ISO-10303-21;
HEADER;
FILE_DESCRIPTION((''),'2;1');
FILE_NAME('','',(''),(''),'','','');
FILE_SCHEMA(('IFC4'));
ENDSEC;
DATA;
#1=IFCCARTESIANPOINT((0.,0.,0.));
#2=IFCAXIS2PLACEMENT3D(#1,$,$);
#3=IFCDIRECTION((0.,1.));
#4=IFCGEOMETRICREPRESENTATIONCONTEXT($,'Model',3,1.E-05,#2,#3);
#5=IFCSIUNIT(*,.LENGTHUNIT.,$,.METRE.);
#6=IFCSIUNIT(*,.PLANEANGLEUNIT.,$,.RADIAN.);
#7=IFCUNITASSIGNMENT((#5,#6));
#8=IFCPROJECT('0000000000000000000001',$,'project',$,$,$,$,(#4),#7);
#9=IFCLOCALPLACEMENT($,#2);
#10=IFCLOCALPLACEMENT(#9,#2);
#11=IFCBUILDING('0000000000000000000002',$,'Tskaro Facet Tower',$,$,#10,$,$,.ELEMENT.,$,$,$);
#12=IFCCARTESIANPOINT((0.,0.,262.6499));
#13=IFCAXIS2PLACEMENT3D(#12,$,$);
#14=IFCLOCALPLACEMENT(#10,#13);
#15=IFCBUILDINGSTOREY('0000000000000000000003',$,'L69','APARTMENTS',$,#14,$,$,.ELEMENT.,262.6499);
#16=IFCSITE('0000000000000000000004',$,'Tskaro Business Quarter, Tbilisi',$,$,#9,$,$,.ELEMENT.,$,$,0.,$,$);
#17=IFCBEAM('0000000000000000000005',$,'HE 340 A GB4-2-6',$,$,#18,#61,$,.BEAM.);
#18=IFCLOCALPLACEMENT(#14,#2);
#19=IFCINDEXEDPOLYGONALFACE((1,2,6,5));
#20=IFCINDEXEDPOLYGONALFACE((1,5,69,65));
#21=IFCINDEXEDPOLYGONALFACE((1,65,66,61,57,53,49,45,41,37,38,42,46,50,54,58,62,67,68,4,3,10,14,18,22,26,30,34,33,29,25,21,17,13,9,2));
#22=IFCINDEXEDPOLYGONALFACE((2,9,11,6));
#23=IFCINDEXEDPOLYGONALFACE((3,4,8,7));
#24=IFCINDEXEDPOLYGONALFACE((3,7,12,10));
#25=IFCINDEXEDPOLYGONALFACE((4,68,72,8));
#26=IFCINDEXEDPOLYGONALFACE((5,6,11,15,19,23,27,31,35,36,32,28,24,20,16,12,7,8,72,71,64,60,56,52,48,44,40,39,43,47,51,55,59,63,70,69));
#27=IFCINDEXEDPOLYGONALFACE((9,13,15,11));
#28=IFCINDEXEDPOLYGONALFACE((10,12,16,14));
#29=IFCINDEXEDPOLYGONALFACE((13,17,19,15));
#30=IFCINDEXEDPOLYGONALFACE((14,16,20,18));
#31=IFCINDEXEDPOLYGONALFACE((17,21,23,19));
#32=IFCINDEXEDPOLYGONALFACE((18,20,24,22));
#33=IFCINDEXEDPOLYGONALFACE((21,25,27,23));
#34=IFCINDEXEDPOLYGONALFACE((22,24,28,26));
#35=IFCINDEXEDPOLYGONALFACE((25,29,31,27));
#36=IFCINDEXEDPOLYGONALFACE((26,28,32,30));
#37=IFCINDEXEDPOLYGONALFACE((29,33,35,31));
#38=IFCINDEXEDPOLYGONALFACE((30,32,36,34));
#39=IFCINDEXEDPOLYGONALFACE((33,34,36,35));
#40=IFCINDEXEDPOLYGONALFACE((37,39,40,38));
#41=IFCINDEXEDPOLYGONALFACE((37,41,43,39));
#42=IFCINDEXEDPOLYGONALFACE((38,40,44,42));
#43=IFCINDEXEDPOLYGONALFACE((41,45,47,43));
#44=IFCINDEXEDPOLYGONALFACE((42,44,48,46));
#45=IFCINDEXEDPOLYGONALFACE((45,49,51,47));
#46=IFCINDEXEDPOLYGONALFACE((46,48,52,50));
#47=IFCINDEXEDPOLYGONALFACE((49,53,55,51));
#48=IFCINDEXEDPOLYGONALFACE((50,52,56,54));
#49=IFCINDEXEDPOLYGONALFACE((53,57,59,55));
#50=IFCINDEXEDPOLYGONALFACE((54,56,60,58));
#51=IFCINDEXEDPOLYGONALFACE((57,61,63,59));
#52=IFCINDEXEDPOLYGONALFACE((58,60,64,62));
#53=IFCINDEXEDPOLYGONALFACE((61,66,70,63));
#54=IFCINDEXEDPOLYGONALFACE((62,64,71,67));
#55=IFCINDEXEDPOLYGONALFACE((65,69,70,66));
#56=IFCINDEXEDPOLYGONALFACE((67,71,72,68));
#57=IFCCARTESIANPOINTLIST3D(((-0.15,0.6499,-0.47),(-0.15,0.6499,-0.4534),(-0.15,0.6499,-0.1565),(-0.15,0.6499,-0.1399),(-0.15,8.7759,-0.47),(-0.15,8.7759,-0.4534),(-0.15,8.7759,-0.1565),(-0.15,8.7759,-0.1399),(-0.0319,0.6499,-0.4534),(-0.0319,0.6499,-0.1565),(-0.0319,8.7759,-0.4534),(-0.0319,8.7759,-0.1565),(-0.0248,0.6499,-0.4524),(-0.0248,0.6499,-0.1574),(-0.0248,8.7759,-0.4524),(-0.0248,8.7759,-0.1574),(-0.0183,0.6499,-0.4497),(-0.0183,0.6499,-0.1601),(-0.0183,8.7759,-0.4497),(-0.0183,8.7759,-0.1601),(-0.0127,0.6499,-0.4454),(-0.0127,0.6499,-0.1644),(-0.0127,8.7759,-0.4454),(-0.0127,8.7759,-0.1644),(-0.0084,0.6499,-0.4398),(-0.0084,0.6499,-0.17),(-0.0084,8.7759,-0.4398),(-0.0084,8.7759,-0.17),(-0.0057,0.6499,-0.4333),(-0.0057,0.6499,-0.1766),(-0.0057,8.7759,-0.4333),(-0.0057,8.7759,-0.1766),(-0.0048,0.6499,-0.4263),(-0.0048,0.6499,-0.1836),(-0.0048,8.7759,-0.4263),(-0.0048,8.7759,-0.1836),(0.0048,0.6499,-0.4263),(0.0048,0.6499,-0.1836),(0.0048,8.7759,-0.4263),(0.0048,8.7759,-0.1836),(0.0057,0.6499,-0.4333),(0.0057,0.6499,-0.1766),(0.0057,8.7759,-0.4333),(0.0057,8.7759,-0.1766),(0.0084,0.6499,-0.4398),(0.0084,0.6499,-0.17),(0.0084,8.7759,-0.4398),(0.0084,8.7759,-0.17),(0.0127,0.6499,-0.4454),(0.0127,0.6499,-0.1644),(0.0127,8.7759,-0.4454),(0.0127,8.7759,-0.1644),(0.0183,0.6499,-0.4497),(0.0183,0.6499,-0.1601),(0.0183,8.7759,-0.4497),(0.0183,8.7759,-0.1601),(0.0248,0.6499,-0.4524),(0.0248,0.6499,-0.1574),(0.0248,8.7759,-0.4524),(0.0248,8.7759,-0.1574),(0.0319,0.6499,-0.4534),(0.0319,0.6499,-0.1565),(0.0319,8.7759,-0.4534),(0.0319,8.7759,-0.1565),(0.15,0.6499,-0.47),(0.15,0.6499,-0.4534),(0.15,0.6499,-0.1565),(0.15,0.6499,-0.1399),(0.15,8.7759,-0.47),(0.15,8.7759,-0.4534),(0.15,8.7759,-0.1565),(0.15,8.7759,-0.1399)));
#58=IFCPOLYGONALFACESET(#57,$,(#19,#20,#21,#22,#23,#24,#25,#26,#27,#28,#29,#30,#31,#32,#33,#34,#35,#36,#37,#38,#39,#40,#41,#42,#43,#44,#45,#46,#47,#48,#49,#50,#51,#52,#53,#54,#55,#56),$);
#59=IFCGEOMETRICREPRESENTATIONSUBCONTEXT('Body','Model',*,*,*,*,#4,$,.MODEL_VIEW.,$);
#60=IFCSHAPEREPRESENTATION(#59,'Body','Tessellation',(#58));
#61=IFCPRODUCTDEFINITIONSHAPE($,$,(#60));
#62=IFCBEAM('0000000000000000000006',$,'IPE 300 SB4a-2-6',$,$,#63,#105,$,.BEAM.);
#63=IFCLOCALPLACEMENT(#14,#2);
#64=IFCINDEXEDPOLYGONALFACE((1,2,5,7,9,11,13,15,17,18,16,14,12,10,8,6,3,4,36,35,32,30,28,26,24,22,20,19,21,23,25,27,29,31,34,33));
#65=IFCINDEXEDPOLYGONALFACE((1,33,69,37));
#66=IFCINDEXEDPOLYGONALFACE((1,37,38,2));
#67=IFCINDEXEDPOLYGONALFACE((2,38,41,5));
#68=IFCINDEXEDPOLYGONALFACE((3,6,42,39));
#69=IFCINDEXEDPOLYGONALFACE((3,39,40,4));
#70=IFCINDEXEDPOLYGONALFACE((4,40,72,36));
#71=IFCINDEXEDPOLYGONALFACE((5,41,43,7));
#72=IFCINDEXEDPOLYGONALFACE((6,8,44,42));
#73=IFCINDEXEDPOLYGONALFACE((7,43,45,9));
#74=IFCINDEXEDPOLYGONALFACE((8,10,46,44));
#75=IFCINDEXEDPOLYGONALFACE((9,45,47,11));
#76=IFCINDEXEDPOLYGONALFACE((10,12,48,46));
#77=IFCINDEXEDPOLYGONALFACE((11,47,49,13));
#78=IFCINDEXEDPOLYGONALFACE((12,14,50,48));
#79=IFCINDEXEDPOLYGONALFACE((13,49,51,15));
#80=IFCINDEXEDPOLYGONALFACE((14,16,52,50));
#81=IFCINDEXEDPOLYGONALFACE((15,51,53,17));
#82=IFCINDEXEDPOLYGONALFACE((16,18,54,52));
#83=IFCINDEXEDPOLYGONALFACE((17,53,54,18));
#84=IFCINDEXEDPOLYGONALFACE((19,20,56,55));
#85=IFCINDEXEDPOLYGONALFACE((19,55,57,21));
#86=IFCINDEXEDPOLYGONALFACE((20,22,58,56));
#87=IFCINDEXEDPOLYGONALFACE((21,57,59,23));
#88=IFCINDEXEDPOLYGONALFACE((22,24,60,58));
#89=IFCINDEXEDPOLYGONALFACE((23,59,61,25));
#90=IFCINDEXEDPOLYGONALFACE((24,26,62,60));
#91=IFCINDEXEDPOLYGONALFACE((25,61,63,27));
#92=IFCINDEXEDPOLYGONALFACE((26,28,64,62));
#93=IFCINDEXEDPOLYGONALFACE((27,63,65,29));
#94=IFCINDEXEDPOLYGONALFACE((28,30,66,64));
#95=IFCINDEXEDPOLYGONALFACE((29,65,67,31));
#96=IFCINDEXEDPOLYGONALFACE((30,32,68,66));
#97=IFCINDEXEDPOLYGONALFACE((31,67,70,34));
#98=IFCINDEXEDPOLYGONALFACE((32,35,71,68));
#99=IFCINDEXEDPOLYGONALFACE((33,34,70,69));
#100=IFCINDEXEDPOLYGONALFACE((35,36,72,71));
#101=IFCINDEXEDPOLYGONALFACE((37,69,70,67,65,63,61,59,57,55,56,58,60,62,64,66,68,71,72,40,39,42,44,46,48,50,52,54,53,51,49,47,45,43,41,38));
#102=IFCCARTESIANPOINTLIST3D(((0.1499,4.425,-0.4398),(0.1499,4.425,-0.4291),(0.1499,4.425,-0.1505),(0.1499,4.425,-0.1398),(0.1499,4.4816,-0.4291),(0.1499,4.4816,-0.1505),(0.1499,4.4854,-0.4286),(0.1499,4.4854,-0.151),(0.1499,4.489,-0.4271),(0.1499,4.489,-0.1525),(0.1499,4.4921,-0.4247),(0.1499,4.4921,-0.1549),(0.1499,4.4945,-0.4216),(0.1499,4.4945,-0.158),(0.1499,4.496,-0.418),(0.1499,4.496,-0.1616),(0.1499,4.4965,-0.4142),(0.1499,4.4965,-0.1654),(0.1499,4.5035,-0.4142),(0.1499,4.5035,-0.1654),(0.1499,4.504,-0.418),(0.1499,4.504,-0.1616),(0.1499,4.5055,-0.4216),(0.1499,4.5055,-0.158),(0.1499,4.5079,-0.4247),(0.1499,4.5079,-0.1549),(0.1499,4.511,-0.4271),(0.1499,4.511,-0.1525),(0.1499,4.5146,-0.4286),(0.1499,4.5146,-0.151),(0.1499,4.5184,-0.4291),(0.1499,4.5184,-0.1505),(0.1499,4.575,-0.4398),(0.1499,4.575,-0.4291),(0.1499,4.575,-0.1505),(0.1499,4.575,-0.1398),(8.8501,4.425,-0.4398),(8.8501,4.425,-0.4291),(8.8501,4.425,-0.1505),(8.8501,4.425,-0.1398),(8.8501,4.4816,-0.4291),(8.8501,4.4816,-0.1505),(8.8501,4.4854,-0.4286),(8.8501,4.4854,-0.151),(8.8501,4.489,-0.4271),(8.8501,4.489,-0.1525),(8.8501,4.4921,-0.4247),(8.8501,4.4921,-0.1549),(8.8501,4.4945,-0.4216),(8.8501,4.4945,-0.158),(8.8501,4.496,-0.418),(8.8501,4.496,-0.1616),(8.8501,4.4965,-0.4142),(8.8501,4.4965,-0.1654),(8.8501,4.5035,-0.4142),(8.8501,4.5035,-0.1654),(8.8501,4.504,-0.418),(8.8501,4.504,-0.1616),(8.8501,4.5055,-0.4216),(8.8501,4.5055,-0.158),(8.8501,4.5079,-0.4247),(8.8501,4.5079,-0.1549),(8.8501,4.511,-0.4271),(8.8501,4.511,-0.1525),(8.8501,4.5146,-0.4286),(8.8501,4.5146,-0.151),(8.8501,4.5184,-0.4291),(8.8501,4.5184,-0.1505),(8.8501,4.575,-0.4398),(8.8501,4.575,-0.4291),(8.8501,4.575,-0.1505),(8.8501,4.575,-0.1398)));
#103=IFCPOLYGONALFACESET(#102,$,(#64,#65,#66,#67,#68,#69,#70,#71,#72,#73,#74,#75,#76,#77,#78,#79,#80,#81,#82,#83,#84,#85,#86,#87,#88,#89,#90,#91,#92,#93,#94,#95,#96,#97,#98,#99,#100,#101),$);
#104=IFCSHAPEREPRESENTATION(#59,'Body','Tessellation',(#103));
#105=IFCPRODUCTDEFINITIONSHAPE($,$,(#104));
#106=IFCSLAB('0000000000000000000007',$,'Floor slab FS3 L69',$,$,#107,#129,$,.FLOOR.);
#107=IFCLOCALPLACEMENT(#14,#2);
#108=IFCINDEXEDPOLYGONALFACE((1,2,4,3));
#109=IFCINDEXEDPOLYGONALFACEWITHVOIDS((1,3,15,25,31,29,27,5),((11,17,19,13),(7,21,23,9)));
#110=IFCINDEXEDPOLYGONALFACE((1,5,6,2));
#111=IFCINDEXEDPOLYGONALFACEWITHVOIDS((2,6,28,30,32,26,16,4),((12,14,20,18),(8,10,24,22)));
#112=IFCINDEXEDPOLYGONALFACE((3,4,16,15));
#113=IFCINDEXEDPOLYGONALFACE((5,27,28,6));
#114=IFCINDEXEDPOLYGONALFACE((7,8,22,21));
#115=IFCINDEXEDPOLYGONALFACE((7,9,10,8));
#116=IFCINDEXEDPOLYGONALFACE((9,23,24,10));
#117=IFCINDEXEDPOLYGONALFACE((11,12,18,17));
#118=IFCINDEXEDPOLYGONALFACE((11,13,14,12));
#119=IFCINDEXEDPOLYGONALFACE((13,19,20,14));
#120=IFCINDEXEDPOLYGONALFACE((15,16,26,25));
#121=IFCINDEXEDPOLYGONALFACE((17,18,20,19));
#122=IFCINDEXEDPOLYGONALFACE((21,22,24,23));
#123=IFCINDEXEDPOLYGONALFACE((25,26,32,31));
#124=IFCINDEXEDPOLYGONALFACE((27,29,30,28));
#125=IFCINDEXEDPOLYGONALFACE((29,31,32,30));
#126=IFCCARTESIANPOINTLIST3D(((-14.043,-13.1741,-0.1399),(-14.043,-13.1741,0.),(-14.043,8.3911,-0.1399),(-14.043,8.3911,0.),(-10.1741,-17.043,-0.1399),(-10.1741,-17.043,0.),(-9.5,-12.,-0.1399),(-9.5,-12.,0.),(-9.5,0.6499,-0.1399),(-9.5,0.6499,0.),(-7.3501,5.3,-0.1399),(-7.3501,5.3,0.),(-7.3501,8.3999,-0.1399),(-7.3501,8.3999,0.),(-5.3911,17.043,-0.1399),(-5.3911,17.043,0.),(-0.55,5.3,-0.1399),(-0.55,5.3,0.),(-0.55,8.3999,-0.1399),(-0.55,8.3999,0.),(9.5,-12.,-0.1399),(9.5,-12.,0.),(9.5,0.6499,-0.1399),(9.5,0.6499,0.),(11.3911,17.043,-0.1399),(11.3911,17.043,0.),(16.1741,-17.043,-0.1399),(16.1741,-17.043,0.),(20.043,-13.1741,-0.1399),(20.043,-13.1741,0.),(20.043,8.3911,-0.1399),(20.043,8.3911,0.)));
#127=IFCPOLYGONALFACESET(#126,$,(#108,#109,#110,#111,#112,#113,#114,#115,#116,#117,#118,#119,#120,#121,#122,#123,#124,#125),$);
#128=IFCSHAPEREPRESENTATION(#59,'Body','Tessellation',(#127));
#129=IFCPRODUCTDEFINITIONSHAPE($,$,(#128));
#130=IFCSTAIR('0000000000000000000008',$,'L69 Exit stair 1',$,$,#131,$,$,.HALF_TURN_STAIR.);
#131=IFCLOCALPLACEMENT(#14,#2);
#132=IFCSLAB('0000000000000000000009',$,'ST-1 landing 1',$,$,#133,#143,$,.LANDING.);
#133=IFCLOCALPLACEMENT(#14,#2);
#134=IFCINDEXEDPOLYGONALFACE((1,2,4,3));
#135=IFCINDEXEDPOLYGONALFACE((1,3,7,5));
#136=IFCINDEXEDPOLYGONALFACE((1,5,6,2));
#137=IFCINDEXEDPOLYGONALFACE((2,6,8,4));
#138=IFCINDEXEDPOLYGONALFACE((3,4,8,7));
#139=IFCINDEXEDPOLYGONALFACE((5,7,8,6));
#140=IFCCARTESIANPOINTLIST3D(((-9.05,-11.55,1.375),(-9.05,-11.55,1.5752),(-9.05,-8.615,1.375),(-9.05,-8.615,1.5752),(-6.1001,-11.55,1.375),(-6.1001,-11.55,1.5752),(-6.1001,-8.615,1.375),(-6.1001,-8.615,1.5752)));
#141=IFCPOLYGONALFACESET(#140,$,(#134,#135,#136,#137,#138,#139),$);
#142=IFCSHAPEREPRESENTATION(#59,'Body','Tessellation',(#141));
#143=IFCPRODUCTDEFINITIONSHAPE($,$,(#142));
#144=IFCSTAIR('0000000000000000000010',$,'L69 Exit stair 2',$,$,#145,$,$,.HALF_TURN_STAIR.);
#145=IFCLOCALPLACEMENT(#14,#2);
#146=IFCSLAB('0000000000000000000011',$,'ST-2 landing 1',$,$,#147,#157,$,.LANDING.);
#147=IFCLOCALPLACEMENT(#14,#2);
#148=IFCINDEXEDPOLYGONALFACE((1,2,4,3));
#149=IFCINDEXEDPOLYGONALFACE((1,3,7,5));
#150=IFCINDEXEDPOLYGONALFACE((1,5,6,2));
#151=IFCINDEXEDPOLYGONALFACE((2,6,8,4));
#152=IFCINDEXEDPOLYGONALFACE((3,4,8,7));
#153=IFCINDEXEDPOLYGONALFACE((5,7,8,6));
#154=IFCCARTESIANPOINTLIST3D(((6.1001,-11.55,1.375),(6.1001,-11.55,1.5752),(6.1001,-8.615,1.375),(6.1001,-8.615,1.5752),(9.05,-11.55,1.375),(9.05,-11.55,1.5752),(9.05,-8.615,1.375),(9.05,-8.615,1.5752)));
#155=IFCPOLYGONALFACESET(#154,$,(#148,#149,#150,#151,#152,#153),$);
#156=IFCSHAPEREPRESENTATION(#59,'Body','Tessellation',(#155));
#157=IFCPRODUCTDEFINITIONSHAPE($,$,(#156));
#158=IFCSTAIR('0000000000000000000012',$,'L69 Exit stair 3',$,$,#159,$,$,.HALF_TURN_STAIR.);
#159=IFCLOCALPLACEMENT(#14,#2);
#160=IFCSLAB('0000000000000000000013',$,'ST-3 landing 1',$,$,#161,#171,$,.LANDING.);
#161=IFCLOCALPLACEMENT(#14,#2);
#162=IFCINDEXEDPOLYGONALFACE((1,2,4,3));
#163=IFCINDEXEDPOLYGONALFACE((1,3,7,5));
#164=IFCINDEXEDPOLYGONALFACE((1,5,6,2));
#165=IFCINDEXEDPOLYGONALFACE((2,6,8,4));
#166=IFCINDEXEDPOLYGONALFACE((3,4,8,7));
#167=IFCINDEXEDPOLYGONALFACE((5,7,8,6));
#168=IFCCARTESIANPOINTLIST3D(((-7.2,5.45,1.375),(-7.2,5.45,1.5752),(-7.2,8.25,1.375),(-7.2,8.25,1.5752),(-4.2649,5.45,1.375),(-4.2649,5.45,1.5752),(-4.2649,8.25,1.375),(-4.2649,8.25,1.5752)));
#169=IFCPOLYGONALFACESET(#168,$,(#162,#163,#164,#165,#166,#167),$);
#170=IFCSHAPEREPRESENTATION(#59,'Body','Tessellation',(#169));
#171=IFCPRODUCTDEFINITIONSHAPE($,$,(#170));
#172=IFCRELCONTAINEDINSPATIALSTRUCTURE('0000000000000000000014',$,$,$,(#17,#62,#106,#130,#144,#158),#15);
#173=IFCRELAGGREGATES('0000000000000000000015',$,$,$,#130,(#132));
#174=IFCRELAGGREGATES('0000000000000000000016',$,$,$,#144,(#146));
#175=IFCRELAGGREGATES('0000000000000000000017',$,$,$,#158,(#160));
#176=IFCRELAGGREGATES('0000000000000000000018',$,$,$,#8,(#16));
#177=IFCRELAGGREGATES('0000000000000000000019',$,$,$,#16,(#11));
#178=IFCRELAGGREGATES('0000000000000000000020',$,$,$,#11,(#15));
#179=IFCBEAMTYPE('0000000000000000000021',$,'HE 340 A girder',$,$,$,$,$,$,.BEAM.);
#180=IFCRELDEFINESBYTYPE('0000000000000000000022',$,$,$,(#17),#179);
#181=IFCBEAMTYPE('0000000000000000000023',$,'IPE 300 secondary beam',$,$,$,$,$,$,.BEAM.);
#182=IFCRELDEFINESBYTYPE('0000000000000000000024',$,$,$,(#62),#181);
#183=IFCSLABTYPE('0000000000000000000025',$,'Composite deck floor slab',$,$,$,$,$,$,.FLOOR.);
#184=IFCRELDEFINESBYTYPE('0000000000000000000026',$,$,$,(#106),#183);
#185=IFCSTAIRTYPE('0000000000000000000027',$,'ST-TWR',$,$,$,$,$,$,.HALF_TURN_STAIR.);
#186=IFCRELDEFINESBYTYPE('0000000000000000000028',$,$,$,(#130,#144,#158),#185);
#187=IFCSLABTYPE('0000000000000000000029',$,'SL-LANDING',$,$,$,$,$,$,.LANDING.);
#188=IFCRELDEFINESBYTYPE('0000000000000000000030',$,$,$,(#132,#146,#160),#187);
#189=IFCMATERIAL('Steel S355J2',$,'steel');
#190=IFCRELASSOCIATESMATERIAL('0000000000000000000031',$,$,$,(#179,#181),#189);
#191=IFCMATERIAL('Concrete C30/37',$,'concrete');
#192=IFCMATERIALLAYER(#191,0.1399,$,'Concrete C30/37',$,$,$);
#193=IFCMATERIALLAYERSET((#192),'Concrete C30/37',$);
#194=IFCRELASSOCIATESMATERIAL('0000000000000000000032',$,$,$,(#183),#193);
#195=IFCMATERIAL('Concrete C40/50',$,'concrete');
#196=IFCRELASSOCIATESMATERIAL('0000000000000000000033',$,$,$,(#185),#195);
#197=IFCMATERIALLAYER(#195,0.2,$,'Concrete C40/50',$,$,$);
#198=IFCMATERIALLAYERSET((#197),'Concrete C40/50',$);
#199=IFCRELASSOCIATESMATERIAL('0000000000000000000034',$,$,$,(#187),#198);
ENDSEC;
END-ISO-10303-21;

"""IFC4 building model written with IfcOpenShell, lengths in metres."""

from ifc_helpers import new_model, si_unit, direction, frame, origin, origin_2d, place, context, subcontext, project, spatial, polyline, i_section, outline, extrude, material, layer, layer_set, material_profile, profile_set, type_object, element, aggregate, save


model = new_model("IFC4")

# Units and contexts
model_context = context("Model", 3, precision=1e-05, world=origin(), true_north=direction((0.0, 1.0)))
body_context = subcontext(model_context, "Body", "Model", "MODEL_VIEW")
ifc_project = project(units=[si_unit("LENGTHUNIT", "METRE"), si_unit("PLANEANGLEUNIT", "RADIAN")], contexts=[model_context])

# Site, building, storey
site_placement = place(None, origin())
site = spatial("IfcSite", under=ifc_project, at=site_placement, Name="Tskaro Business Quarter, Tbilisi", CompositionType="ELEMENT", RefElevation=0.0)
building_placement = place(site_placement, origin())
building = spatial("IfcBuilding", under=site, at=building_placement, Name="Tskaro Facet Tower", CompositionType="ELEMENT")
storey_placement = place(building_placement, frame((0.0, 0.0, 262.6499)))
storey = spatial("IfcBuildingStorey", under=building, at=storey_placement, Name="L69", Description="APARTMENTS", CompositionType="ELEMENT", Elevation=262.6499)

# Beams
ifc_material_1 = material(Name="Steel S355J2", Category="steel")
ifc_material_profile_1 = material_profile(ifc_material_1, i_section(OverallWidth=0.3, OverallDepth=0.3301, WebThickness=0.0095, FlangeThickness=0.0166, FilletRadius=0.0271, at=origin_2d()), Name="HE 340 A")
ifc_profile_set_1 = profile_set([ifc_material_profile_1], Name="Steel S355J2")
beam_type_1 = type_object("IfcBeamType", Name="HE 340 A girder", PredefinedType="BEAM", material=ifc_profile_set_1)
beam_1_placement = place(storey_placement, frame((0.0, 0.6499, -0.3049), z_axis=(0.0, 1.0, 0.0), x_axis=(-1.0, 0.0, 0.0)))
element("IfcBeam", 1, at=beam_1_placement, inside=storey, type_object=beam_type_1, Name="HE 340 A GB4-2-6", PredefinedType="BEAM", context=body_context, shape_type="SweptSolid", body=[
    extrude(i_section(OverallWidth=0.3, OverallDepth=0.3301, WebThickness=0.0095, FlangeThickness=0.0166, FilletRadius=0.0271, at=origin_2d()), origin(), (0.0, 0.0, 1.0), 8.126),
])
ifc_material_profile_2 = material_profile(ifc_material_1, i_section(OverallWidth=0.1499, OverallDepth=0.3, WebThickness=0.0071, FlangeThickness=0.0107, FilletRadius=0.0149, at=origin_2d()), Name="IPE 300")
ifc_profile_set_2 = profile_set([ifc_material_profile_2], Name="Steel S355J2")
beam_type_2 = type_object("IfcBeamType", Name="IPE 300 secondary beam", PredefinedType="BEAM", material=ifc_profile_set_2)
beam_2_placement = place(storey_placement, frame((0.1499, 4.5, -0.2898), z_axis=(1.0, 0.0, 0.0), x_axis=(0.0, 1.0, 0.0)))
element("IfcBeam", 2, at=beam_2_placement, inside=storey, type_object=beam_type_2, Name="IPE 300 SB4a-2-6", PredefinedType="BEAM", context=body_context, shape_type="SweptSolid", body=[
    extrude(i_section(OverallWidth=0.1499, OverallDepth=0.3, WebThickness=0.0071, FlangeThickness=0.0107, FilletRadius=0.0149, at=origin_2d()), origin(), (0.0, 0.0, 1.0), 8.7002),
])

# Slab
ifc_material_2 = material(Name="Concrete C30/37", Category="concrete")
ifc_layer_1 = layer(ifc_material_2, 0.1399, Name="Concrete C30/37")
ifc_layer_set_1 = layer_set([ifc_layer_1], Name="Concrete C30/37")
slab_type_1 = type_object("IfcSlabType", Name="Composite deck floor slab", PredefinedType="FLOOR", material=ifc_layer_set_1)
slab_1_placement = place(storey_placement, frame((0.0, 0.0, -0.1399)))
element("IfcSlab", 3, at=slab_1_placement, inside=storey, type_object=slab_type_1, Name="Floor slab FS3 L69", PredefinedType="FLOOR", context=body_context, shape_type="SweptSolid", body=[
    extrude(outline(polyline([(-10.1741, -17.043), (16.1741, -17.043), (20.043, -13.1741), (20.043, 8.3911), (11.3911, 17.043), (-5.3911, 17.043), (-14.043, 8.3911), (-14.043, -13.1741), (-10.1741, -17.043)]), holes=[polyline([(-9.5, -12.0), (9.5, -12.0), (9.5, 0.6499), (-9.5, 0.6499), (-9.5, -12.0)]), polyline([(-7.3501, 5.3), (-0.55, 5.3), (-0.55, 8.3999), (-7.3501, 8.3999), (-7.3501, 5.3)])]), origin(), (0.0, 0.0, 1.0), 0.1399),
])

# Stairs, slabs
ifc_material_3 = material(Name="Concrete C40/50", Category="concrete")
stair_type = type_object("IfcStairType", Name="ST-TWR", PredefinedType="HALF_TURN_STAIR", material=ifc_material_3)
stair_1_placement = place(storey_placement, origin())
stair_1 = element("IfcStair", 4, at=stair_1_placement, inside=storey, type_object=stair_type, Name="L69 Exit stair 1", PredefinedType="HALF_TURN_STAIR")
ifc_layer_2 = layer(ifc_material_3, 0.2, Name="Concrete C40/50")
ifc_layer_set_2 = layer_set([ifc_layer_2], Name="Concrete C40/50")
slab_type_2 = type_object("IfcSlabType", Name="SL-LANDING", PredefinedType="LANDING", material=ifc_layer_set_2)
slab_2_placement = place(storey_placement, frame((0.0, 0.0, 1.375)))
slab_2 = element("IfcSlab", 5, at=slab_2_placement, type_object=slab_type_2, Name="ST-1 landing 1", PredefinedType="LANDING", context=body_context, shape_type="SweptSolid", body=[
    extrude(outline(polyline([(-9.05, -11.55), (-6.1001, -11.55), (-6.1001, -8.615), (-9.05, -8.615), (-9.05, -11.55)])), origin(), (0.0, 0.0, 1.0), 0.2002),
])
aggregate(stair_1, [slab_2])
stair_2_placement = place(storey_placement, origin())
stair_2 = element("IfcStair", 6, at=stair_2_placement, inside=storey, type_object=stair_type, Name="L69 Exit stair 2", PredefinedType="HALF_TURN_STAIR")
slab_3_placement = place(storey_placement, frame((0.0, 0.0, 1.375)))
slab_3 = element("IfcSlab", 7, at=slab_3_placement, type_object=slab_type_2, Name="ST-2 landing 1", PredefinedType="LANDING", context=body_context, shape_type="SweptSolid", body=[
    extrude(outline(polyline([(6.1001, -11.55), (9.05, -11.55), (9.05, -8.615), (6.1001, -8.615), (6.1001, -11.55)])), origin(), (0.0, 0.0, 1.0), 0.2002),
])
aggregate(stair_2, [slab_3])
stair_3_placement = place(storey_placement, origin())
stair_3 = element("IfcStair", 8, at=stair_3_placement, inside=storey, type_object=stair_type, Name="L69 Exit stair 3", PredefinedType="HALF_TURN_STAIR")
slab_4_placement = place(storey_placement, frame((0.0, 0.0, 1.375)))
slab_4 = element("IfcSlab", 9, at=slab_4_placement, type_object=slab_type_2, Name="ST-3 landing 1", PredefinedType="LANDING", context=body_context, shape_type="SweptSolid", body=[
    extrude(outline(polyline([(-7.2, 5.45), (-4.2649, 5.45), (-4.2649, 8.25), (-7.2, 8.25), (-7.2, 5.45)])), origin(), (0.0, 0.0, 1.0), 0.2002),
])

aggregate(stair_3, [slab_4])

save(model, "model.ifc")
